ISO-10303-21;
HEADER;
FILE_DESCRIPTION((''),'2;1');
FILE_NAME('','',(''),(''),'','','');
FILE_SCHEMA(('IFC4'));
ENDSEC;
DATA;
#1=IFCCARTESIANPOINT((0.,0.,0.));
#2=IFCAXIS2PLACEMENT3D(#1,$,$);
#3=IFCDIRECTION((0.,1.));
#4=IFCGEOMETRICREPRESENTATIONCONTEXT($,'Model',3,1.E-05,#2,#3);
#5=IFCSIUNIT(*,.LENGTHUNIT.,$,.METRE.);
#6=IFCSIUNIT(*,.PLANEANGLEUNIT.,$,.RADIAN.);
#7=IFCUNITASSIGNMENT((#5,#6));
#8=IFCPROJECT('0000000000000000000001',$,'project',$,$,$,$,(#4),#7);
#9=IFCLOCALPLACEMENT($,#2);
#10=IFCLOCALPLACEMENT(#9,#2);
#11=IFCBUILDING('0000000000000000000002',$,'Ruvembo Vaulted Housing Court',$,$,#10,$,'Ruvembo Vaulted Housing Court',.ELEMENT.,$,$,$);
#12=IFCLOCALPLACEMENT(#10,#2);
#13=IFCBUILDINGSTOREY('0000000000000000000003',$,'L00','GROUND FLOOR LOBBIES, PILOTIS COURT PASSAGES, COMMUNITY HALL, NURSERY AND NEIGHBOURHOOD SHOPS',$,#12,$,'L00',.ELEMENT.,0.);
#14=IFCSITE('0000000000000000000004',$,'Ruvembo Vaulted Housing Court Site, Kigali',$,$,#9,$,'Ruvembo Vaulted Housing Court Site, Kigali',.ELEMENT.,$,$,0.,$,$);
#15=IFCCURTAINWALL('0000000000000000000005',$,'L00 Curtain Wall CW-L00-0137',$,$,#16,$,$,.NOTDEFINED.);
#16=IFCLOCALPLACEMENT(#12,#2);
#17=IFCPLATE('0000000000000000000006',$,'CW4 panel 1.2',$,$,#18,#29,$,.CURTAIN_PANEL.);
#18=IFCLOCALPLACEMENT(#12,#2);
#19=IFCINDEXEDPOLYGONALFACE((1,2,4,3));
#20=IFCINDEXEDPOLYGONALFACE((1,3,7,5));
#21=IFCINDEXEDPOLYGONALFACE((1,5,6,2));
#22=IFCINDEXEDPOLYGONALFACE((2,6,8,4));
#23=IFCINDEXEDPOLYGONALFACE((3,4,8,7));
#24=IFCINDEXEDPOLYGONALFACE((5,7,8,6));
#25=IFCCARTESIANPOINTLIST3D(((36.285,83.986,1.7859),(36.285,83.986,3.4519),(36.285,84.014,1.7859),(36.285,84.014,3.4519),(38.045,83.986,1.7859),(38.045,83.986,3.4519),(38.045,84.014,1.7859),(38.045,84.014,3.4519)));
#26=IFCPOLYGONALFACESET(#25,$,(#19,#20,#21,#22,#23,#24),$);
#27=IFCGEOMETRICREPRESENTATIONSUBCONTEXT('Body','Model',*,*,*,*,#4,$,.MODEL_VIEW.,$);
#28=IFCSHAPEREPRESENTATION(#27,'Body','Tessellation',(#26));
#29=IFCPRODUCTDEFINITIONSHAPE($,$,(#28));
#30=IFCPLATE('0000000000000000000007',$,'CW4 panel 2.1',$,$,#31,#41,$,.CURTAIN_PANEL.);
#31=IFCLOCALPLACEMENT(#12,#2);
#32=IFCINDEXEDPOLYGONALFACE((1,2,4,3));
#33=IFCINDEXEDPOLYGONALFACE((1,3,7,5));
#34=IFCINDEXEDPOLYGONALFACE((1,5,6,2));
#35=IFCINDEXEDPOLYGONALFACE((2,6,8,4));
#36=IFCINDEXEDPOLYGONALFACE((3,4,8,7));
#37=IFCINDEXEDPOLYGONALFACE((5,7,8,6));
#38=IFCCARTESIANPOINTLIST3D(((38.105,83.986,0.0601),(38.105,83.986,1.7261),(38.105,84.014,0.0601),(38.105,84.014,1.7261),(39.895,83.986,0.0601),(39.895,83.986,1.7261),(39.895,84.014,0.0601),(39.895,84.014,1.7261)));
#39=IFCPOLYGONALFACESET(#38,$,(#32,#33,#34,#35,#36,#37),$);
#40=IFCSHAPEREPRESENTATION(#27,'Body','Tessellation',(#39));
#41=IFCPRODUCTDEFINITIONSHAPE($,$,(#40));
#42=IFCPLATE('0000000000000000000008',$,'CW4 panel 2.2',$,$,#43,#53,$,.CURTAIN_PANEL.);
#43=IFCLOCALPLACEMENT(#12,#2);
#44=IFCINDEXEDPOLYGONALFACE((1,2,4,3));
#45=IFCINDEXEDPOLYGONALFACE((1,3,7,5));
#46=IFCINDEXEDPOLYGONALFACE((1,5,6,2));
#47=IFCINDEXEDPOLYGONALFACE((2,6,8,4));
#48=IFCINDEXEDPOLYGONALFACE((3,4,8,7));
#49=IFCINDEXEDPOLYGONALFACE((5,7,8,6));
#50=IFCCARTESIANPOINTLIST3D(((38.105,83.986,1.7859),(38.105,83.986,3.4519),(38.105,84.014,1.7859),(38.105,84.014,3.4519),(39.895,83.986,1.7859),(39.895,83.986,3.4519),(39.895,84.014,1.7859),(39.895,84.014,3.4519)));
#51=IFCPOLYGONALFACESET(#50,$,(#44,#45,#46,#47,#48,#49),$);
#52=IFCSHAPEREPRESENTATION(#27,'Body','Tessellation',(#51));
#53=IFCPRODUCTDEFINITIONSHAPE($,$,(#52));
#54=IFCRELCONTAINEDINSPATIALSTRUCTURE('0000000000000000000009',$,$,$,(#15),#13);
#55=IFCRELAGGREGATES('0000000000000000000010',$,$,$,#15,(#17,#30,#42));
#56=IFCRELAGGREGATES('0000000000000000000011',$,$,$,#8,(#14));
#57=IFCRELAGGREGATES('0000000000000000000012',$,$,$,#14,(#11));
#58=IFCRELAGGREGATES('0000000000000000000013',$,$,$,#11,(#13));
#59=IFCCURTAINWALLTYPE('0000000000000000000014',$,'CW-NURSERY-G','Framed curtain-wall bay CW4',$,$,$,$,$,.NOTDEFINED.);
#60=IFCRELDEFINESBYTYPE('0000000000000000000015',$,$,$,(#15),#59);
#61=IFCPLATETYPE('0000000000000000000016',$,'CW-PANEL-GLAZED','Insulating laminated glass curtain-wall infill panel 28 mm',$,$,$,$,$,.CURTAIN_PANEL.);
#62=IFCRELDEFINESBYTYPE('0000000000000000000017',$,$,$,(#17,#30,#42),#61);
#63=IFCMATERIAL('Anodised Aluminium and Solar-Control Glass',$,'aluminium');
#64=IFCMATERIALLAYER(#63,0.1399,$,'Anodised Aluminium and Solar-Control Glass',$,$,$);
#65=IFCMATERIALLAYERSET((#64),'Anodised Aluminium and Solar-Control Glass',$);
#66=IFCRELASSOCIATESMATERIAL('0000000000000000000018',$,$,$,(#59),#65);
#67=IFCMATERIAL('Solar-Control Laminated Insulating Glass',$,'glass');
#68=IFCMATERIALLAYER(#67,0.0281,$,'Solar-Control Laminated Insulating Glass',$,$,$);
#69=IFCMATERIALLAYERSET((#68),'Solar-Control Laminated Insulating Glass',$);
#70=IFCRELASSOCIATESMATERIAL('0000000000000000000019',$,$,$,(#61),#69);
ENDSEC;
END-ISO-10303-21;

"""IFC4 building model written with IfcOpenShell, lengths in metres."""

from ifc_helpers import new_model, si_unit, direction, frame, origin, origin_2d, place, context, subcontext, project, spatial, rectangle, extrude, material, layer, layer_set, type_object, element, aggregate, save


model = new_model("IFC4")

# Units and contexts
model_context = context("Model", 3, precision=1e-05, world=origin(), true_north=direction((0.0, 1.0)))
body_context = subcontext(model_context, "Body", "Model", "MODEL_VIEW")
ifc_project = project(units=[si_unit("LENGTHUNIT", "METRE"), si_unit("PLANEANGLEUNIT", "RADIAN")], contexts=[model_context])

# Site, building, storey
site_placement = place(None, origin())
site = spatial("IfcSite", under=ifc_project, at=site_placement, Name="Ruvembo Vaulted Housing Court Site, Kigali", LongName="Ruvembo Vaulted Housing Court Site, Kigali", CompositionType="ELEMENT", RefElevation=0.0)
building_placement = place(site_placement, origin())
building = spatial("IfcBuilding", under=site, at=building_placement, Name="Ruvembo Vaulted Housing Court", LongName="Ruvembo Vaulted Housing Court", CompositionType="ELEMENT")
storey_placement = place(building_placement, origin())
storey = spatial("IfcBuildingStorey", under=building, at=storey_placement, Name="L00", Description="GROUND FLOOR LOBBIES, PILOTIS COURT PASSAGES, COMMUNITY HALL, NURSERY AND NEIGHBOURHOOD SHOPS", LongName="L00", CompositionType="ELEMENT", Elevation=0.0)

# Curtain wall, plates
ifc_material_1 = material(Name="Anodised Aluminium and Solar-Control Glass", Category="aluminium")
ifc_layer_1 = layer(ifc_material_1, 0.1399, Name="Anodised Aluminium and Solar-Control Glass")
ifc_layer_set_1 = layer_set([ifc_layer_1], Name="Anodised Aluminium and Solar-Control Glass")
curtain_wall_type = type_object("IfcCurtainWallType", Name="CW-NURSERY-G", Description="Framed curtain-wall bay CW4", PredefinedType="NOTDEFINED", material=ifc_layer_set_1)
curtain_wall_placement = place(storey_placement, origin())
curtain_wall = element("IfcCurtainWall", 1, at=curtain_wall_placement, inside=storey, type_object=curtain_wall_type, Name="L00 Curtain Wall CW-L00-0137", PredefinedType="NOTDEFINED")
ifc_material_2 = material(Name="Solar-Control Laminated Insulating Glass", Category="glass")
ifc_layer_2 = layer(ifc_material_2, 0.0281, Name="Solar-Control Laminated Insulating Glass")
ifc_layer_set_2 = layer_set([ifc_layer_2], Name="Solar-Control Laminated Insulating Glass")
plate_type = type_object("IfcPlateType", Name="CW-PANEL-GLAZED", Description="Insulating laminated glass curtain-wall infill panel 28 mm", PredefinedType="CURTAIN_PANEL", material=ifc_layer_set_2)
plate_1_placement = place(storey_placement, frame((37.165, 84.0, 1.7859), z_axis=(0.0, 0.0, 1.0), x_axis=(1.0, 0.0, 0.0)))
plate_1 = element("IfcPlate", 2, at=plate_1_placement, type_object=plate_type, Name="CW4 panel 1.2", PredefinedType="CURTAIN_PANEL", context=body_context, shape_type="SweptSolid", body=[
    extrude(rectangle(XDim=1.76, YDim=0.0281, at=origin_2d()), origin(), (0.0, 0.0, 1.0), 1.666),
])
plate_2_placement = place(storey_placement, frame((39.0, 84.0, 0.0601), z_axis=(0.0, 0.0, 1.0), x_axis=(1.0, 0.0, 0.0)))
plate_2 = element("IfcPlate", 3, at=plate_2_placement, type_object=plate_type, Name="CW4 panel 2.1", PredefinedType="CURTAIN_PANEL", context=body_context, shape_type="SweptSolid", body=[
    extrude(rectangle(XDim=1.79, YDim=0.0281, at=origin_2d()), origin(), (0.0, 0.0, 1.0), 1.666),
])
plate_3_placement = place(storey_placement, frame((39.0, 84.0, 1.7859), z_axis=(0.0, 0.0, 1.0), x_axis=(1.0, 0.0, 0.0)))
plate_3 = element("IfcPlate", 4, at=plate_3_placement, type_object=plate_type, Name="CW4 panel 2.2", PredefinedType="CURTAIN_PANEL", context=body_context, shape_type="SweptSolid", body=[
    extrude(rectangle(XDim=1.79, YDim=0.0281, at=origin_2d()), origin(), (0.0, 0.0, 1.0), 1.666),
])
aggregate(curtain_wall, [plate_1, plate_2, plate_3])

save(model, "model.ifc")
